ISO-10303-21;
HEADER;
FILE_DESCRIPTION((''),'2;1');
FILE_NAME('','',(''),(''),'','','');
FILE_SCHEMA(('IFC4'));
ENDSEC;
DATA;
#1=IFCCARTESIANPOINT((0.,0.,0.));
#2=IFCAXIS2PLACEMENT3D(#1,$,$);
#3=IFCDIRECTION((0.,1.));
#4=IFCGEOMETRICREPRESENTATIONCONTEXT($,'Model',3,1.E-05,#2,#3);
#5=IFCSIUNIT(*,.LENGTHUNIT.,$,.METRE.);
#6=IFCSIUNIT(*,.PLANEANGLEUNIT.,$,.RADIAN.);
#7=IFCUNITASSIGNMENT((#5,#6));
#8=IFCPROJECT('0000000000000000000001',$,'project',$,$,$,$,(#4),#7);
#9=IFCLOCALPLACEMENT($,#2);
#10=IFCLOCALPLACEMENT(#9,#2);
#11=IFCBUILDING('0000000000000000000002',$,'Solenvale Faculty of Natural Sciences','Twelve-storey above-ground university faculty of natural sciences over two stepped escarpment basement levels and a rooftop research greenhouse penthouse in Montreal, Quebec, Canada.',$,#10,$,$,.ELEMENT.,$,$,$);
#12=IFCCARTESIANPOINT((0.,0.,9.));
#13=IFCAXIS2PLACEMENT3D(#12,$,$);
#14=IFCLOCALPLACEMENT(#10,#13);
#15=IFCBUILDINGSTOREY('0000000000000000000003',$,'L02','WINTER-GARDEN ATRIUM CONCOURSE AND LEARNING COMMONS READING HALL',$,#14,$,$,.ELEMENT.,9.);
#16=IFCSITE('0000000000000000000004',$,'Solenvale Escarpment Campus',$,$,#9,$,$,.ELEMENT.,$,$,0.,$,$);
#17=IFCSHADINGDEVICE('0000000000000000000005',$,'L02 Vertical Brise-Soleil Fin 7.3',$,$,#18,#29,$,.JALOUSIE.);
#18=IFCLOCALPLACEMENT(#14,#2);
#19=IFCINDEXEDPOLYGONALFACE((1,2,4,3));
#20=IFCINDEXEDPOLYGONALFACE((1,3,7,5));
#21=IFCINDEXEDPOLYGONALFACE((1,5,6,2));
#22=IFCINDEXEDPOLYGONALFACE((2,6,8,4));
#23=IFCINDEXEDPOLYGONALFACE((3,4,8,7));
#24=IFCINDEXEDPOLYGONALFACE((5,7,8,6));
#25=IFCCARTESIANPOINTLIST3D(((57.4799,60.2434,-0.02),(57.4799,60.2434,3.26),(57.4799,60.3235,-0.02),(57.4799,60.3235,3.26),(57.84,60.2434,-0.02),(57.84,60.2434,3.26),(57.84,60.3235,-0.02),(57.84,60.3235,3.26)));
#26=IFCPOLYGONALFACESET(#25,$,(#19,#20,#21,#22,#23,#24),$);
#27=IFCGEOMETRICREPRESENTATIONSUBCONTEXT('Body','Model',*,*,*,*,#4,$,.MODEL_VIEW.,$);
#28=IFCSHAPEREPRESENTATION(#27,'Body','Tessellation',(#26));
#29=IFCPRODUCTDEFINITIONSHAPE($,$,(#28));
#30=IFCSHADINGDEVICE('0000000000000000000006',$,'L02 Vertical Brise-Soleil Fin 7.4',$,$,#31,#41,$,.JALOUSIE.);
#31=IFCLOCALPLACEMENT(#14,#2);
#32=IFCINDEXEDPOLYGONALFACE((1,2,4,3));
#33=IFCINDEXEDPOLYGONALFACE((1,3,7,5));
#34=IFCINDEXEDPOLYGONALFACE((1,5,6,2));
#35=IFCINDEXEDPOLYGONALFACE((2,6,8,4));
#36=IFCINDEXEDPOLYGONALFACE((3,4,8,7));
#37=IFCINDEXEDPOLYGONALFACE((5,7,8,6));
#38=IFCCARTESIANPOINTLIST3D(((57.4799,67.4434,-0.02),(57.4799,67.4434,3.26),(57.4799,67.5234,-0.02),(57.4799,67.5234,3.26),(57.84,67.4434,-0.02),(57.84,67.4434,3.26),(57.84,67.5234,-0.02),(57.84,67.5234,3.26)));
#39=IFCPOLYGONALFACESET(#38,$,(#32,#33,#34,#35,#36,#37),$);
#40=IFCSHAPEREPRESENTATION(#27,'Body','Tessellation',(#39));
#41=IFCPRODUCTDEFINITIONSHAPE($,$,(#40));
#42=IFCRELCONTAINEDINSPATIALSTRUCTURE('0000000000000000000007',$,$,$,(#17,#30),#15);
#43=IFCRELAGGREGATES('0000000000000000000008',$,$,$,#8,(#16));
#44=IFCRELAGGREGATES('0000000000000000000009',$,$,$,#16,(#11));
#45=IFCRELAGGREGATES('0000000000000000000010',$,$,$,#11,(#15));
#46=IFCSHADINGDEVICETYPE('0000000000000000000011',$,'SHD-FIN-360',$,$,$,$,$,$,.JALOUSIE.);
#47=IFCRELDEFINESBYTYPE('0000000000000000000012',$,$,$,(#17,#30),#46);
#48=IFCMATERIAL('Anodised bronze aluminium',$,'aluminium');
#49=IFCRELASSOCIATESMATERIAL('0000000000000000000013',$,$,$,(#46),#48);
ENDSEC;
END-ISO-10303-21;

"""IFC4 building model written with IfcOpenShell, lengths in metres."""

from ifc_helpers import new_model, si_unit, direction, frame, origin, origin_2d, place, context, subcontext, project, spatial, rectangle, extrude, material, material_profile, profile_set, type_object, element, save


model = new_model("IFC4")

# Units and contexts
model_context = context("Model", 3, precision=1e-05, world=origin(), true_north=direction((0.0, 1.0)))
body_context = subcontext(model_context, "Body", "Model", "MODEL_VIEW")
ifc_project = project(units=[si_unit("LENGTHUNIT", "METRE"), si_unit("PLANEANGLEUNIT", "RADIAN")], contexts=[model_context])

# Site, building, storey
site_placement = place(None, origin())
site = spatial("IfcSite", under=ifc_project, at=site_placement, Name="Solenvale Escarpment Campus", CompositionType="ELEMENT", RefElevation=0.0)
building_placement = place(site_placement, origin())
building = spatial("IfcBuilding", under=site, at=building_placement, Name="Solenvale Faculty of Natural Sciences", Description="Twelve-storey above-ground university faculty of natural sciences over two stepped escarpment basement levels and a rooftop research greenhouse penthouse in Montreal, Quebec, Canada.", CompositionType="ELEMENT")
storey_placement = place(building_placement, frame((0.0, 0.0, 9.0)))
storey = spatial("IfcBuildingStorey", under=building, at=storey_placement, Name="L02", Description="WINTER-GARDEN ATRIUM CONCOURSE AND LEARNING COMMONS READING HALL", CompositionType="ELEMENT", Elevation=9.0)

# Shared definitions
ifc_material_1 = material(Name="Anodised bronze aluminium", Category="aluminium")

# Shading devices
ifc_material_profile_1 = material_profile(ifc_material_1, rectangle(XDim=0.0801, YDim=0.3601, at=origin_2d()), Name="ALU-FIN-80x360")
ifc_profile_set_1 = profile_set([ifc_material_profile_1], Name="Anodised bronze aluminium")
shading_device_type = type_object("IfcShadingDeviceType", Name="SHD-FIN-360", PredefinedType="JALOUSIE", material=ifc_profile_set_1)
for number, where, z_axis, x_axis, name in (
    (1, (57.6599, 60.2834, -0.02), (0.0, 0.0, 1.0), (0.0, 1.0, 0.0), "L02 Vertical Brise-Soleil Fin 7.3"),
    (2, (57.6599, 67.4834, -0.02), (0.0, 0.0, 1.0), (0.0, 1.0, 0.0), "L02 Vertical Brise-Soleil Fin 7.4"),
):
    element("IfcShadingDevice", number, at=place(storey_placement, frame(where, z_axis=z_axis, x_axis=x_axis)), inside=storey, type_object=shading_device_type, Name=name, PredefinedType="JALOUSIE", context=body_context, shape_type="SweptSolid", body=[
        extrude(rectangle(XDim=0.0801, YDim=0.3601, at=origin_2d()), origin(), (0.0, 0.0, 1.0), 3.28),
    ])

save(model, "model.ifc")
